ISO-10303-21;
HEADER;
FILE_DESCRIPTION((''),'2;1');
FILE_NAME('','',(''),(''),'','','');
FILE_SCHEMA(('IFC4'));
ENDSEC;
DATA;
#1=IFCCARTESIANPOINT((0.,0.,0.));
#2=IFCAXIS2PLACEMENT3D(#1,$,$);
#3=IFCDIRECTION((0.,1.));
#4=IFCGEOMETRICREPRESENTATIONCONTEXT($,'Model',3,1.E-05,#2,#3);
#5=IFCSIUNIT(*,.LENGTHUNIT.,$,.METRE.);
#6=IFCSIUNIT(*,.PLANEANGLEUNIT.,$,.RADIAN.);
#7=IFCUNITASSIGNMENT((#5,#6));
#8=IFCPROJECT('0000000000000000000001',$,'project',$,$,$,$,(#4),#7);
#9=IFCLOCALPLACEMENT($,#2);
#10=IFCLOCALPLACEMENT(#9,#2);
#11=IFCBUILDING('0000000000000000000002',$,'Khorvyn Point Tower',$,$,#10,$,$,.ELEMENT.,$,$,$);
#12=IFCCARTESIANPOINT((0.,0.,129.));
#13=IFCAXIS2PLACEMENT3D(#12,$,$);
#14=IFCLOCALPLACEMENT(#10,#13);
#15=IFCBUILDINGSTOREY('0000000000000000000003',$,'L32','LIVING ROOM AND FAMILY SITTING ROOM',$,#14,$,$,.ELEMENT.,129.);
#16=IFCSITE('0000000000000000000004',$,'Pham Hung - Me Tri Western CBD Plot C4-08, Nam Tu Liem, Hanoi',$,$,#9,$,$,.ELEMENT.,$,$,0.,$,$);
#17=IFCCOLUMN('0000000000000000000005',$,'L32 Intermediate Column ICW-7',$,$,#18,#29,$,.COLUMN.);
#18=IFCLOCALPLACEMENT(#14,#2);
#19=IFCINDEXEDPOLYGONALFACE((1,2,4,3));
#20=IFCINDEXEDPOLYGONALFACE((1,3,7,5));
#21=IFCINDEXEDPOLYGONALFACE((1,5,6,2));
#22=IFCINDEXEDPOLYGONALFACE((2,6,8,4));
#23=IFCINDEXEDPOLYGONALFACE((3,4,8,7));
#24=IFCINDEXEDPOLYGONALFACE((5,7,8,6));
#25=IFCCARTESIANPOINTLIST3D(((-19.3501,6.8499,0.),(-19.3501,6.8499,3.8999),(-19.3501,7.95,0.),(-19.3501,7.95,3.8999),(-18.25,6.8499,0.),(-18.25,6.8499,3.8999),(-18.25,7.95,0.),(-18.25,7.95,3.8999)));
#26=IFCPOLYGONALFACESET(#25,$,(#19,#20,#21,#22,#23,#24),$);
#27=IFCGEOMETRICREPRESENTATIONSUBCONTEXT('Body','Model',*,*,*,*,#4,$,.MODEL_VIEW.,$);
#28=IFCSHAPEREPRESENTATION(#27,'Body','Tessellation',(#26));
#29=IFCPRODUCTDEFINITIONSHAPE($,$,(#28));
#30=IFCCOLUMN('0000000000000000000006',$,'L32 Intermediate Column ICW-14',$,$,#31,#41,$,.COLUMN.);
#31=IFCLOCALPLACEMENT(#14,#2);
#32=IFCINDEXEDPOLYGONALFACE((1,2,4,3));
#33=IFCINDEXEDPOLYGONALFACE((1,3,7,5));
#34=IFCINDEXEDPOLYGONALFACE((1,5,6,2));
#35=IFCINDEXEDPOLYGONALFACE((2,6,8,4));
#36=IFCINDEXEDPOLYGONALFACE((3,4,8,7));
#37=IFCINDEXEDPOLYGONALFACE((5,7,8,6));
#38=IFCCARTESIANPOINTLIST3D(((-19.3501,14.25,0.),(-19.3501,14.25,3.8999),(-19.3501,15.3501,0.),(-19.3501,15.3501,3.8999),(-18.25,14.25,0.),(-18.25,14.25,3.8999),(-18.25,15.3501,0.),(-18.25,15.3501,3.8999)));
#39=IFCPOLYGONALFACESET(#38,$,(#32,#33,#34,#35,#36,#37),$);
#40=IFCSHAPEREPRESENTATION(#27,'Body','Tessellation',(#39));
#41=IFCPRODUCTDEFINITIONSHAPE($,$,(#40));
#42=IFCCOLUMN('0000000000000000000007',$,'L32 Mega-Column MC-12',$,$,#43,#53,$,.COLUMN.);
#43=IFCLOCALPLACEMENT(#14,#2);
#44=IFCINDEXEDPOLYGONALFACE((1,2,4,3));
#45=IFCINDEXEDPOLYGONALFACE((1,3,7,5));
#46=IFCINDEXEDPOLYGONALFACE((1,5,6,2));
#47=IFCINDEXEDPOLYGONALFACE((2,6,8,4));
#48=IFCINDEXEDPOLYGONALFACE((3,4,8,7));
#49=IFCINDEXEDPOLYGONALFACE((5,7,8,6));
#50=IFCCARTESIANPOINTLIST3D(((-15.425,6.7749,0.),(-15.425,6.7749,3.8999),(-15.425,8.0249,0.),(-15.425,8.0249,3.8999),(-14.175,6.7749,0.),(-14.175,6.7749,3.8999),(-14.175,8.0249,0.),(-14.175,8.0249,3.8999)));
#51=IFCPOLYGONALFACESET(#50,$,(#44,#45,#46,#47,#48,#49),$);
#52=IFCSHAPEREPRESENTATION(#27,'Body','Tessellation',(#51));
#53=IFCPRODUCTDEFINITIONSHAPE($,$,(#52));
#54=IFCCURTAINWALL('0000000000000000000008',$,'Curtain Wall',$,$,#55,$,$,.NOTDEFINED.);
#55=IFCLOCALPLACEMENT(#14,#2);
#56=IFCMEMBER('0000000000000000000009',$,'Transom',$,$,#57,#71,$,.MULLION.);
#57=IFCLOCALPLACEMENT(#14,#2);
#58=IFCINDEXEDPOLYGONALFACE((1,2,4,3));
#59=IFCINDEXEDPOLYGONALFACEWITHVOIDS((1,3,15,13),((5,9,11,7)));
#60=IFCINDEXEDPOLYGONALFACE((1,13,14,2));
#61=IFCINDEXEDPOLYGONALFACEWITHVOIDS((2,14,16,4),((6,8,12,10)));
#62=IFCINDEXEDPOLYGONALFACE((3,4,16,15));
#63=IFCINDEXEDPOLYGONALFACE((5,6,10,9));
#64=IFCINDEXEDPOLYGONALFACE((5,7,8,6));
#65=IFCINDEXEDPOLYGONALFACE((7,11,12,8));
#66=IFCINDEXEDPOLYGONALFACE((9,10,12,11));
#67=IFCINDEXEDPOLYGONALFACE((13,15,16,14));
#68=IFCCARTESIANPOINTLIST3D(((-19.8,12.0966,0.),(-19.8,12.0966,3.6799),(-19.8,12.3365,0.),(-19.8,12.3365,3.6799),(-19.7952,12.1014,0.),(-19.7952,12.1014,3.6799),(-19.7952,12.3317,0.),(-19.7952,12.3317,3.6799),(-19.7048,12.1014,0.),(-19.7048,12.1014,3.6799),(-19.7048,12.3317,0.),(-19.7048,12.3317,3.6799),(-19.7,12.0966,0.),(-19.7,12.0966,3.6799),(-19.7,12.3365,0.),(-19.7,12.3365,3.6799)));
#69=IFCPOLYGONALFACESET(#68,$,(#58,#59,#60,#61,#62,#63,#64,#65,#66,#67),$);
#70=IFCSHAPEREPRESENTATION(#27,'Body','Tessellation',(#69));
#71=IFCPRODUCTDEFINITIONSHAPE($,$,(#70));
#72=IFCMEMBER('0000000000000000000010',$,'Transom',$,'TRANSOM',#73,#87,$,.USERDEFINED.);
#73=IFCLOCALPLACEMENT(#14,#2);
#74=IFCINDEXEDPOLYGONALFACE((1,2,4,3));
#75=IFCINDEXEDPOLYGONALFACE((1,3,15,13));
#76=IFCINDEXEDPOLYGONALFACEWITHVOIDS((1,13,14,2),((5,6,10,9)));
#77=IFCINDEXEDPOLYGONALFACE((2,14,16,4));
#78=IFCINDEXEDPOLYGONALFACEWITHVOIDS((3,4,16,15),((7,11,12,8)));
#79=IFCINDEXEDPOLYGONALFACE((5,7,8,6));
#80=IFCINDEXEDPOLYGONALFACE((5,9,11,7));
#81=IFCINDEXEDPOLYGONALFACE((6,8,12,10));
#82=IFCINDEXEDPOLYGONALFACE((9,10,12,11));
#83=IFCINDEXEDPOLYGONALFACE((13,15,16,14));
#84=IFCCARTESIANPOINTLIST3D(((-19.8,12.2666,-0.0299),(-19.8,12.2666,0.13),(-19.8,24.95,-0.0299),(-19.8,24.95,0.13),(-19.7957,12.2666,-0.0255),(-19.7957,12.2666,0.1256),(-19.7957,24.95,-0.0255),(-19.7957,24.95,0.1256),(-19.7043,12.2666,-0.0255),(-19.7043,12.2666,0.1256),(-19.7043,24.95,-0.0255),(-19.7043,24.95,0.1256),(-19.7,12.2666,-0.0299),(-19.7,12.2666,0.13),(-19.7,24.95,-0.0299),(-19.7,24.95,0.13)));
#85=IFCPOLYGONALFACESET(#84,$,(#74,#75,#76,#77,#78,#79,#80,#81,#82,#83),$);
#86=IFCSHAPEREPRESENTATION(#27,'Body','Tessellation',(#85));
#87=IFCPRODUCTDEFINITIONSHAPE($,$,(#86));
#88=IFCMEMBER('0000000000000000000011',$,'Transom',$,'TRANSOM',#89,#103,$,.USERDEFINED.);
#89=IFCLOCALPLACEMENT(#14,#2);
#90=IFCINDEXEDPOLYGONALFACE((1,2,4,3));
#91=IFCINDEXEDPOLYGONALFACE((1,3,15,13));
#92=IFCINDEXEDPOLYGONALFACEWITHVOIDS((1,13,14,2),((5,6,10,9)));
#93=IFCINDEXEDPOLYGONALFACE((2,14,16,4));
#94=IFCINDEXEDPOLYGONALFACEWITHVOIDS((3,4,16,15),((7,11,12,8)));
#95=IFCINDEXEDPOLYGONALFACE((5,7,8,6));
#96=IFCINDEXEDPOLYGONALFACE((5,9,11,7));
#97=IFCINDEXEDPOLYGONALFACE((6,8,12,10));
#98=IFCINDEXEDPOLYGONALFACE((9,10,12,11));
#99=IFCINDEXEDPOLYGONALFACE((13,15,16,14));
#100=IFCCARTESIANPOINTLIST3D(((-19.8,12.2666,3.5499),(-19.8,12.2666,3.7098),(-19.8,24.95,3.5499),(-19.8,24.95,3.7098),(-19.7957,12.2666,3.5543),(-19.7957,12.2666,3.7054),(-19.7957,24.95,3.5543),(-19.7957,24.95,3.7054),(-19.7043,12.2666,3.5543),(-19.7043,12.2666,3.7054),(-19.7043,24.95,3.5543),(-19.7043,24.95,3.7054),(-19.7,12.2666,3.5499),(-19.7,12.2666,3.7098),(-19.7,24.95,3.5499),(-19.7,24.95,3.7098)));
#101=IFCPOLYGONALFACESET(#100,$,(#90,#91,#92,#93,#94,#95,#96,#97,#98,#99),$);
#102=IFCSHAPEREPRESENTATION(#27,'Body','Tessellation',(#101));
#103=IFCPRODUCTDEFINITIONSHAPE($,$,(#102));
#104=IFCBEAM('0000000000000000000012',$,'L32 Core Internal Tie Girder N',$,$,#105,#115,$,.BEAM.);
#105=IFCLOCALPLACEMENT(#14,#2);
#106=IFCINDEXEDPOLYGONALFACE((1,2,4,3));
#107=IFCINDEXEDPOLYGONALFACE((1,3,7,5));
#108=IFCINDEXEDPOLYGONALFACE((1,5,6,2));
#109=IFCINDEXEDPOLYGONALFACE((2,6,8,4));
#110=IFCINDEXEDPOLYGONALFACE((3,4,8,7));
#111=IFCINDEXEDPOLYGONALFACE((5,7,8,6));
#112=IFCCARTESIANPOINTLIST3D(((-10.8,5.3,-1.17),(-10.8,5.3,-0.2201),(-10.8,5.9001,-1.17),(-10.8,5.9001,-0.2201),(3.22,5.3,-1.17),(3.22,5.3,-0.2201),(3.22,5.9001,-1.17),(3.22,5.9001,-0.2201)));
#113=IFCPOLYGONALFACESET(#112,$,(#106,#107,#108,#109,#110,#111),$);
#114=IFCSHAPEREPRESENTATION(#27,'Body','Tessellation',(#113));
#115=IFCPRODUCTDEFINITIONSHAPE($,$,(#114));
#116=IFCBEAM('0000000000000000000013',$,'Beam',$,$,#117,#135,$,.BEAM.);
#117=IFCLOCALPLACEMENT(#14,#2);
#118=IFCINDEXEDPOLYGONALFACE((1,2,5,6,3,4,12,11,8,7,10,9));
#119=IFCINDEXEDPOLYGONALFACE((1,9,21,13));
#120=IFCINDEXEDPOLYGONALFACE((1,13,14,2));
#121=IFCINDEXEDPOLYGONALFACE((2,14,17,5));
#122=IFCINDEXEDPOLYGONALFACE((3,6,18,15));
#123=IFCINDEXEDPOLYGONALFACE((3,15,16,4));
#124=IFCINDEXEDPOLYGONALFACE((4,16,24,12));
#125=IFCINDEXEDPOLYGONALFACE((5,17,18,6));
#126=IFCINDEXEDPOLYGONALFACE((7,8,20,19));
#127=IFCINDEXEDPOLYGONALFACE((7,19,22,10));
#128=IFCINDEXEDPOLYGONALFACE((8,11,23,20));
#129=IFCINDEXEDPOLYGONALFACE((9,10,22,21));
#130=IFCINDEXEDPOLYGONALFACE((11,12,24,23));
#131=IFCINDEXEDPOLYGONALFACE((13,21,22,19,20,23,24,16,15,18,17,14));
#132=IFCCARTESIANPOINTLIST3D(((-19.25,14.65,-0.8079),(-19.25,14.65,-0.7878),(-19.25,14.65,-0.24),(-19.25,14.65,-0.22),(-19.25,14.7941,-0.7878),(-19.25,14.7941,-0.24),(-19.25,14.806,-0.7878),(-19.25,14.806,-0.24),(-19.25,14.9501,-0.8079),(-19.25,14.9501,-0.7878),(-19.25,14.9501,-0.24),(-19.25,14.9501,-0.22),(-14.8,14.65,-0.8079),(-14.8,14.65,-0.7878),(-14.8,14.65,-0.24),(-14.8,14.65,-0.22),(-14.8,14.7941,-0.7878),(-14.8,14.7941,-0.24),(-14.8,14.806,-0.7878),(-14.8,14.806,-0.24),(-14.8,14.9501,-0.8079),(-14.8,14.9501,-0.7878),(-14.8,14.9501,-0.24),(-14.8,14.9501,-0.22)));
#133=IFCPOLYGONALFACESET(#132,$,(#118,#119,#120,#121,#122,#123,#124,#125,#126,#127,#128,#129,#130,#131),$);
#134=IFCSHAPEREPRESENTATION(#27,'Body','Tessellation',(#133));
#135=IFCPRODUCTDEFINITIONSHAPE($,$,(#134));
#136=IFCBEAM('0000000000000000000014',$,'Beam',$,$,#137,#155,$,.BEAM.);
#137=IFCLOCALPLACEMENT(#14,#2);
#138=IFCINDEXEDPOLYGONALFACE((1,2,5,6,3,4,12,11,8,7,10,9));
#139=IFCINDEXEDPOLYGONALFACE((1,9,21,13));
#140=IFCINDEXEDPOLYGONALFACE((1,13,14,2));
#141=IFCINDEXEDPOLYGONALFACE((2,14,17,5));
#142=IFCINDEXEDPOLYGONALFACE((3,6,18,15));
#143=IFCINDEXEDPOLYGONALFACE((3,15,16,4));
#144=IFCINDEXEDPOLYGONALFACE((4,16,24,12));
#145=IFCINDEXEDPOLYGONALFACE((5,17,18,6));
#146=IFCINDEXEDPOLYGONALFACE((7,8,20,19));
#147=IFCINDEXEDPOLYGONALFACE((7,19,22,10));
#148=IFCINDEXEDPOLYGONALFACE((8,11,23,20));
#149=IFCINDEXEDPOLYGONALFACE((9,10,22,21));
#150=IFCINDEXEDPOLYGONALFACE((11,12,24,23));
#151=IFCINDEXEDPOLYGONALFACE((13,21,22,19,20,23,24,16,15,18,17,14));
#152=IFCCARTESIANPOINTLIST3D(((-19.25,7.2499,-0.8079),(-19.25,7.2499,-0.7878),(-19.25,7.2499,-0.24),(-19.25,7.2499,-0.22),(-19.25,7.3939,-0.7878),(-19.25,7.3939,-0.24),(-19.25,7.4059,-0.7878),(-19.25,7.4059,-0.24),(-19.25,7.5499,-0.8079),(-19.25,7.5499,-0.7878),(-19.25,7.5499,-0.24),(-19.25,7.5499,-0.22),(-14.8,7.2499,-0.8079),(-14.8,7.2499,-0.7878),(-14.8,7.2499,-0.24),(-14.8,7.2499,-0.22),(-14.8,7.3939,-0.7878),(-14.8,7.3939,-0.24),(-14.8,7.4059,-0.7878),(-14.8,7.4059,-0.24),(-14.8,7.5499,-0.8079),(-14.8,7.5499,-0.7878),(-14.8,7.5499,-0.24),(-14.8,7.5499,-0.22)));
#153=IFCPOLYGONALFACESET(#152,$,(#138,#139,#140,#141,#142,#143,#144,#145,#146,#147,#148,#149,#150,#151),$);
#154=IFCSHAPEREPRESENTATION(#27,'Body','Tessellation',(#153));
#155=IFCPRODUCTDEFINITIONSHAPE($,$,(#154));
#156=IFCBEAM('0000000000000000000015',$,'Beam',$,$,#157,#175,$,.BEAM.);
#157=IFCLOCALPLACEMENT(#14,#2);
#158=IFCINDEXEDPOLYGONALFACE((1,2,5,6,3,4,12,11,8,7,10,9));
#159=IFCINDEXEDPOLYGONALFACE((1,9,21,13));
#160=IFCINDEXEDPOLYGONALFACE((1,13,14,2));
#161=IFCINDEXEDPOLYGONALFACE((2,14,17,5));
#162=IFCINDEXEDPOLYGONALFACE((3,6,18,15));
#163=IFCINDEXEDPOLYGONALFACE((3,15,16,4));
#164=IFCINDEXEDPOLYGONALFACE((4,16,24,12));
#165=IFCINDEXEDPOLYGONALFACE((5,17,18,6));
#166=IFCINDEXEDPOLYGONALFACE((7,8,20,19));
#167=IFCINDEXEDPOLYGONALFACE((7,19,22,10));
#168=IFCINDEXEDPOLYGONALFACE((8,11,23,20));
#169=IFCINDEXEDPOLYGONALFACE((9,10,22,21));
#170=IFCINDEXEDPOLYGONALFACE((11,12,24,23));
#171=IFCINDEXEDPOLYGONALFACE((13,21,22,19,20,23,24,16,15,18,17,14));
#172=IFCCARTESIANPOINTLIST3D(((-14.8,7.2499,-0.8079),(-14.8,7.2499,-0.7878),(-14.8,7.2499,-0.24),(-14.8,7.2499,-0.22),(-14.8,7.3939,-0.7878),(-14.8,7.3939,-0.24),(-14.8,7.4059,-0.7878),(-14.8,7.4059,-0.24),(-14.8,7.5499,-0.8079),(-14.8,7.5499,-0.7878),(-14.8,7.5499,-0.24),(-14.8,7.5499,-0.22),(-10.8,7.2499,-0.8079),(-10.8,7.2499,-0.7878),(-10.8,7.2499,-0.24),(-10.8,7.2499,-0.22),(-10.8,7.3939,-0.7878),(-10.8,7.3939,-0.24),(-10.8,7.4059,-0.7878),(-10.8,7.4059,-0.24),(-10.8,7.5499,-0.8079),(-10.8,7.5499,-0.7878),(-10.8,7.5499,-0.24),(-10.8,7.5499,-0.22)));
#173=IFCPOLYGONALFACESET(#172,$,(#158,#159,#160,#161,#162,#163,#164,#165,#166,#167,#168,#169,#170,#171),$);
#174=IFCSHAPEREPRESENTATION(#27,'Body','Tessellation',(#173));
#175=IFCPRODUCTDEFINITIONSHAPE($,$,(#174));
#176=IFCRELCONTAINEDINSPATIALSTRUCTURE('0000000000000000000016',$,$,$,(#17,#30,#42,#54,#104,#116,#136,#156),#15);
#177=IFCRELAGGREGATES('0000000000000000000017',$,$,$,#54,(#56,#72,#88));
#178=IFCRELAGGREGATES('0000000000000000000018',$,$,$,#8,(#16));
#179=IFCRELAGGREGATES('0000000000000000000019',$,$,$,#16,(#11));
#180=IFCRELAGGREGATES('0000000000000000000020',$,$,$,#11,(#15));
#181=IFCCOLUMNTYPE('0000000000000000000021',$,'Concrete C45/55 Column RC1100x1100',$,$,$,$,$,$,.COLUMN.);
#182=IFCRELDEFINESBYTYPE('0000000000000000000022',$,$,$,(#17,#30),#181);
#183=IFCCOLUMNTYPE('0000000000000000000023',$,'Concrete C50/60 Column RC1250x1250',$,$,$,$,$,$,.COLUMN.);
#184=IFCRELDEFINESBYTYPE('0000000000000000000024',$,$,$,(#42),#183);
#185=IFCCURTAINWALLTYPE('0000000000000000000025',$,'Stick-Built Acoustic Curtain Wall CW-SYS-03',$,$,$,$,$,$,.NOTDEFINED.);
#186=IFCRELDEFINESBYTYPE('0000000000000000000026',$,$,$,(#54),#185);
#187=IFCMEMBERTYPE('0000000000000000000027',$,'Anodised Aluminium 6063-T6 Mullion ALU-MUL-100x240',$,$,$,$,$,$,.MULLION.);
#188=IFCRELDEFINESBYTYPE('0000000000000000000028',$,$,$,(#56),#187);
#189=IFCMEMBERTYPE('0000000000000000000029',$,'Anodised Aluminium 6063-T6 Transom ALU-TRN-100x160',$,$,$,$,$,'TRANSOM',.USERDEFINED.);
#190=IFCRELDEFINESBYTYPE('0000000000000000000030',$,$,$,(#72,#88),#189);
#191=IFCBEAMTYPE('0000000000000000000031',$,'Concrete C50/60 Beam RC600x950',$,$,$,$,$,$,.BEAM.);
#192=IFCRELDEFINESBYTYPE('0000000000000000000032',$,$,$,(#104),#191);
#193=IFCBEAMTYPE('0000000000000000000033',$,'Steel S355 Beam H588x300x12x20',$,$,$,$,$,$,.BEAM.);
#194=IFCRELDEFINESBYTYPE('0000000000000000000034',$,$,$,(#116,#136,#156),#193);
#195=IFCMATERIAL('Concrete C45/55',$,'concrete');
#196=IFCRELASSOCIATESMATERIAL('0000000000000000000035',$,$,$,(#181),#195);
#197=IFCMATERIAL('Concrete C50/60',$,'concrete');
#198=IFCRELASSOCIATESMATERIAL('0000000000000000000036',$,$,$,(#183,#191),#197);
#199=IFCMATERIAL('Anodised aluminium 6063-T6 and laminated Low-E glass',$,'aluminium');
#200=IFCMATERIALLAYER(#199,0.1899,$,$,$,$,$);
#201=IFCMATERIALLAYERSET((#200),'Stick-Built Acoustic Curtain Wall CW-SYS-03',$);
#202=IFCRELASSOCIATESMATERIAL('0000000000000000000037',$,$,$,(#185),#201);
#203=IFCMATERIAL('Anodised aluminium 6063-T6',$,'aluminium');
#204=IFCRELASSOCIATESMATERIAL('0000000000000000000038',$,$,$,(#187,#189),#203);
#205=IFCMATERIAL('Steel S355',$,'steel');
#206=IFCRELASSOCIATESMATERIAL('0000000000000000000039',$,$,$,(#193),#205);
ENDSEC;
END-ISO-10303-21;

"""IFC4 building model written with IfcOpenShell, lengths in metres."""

from ifc_helpers import new_model, si_unit, direction, frame, origin, origin_2d, place, context, subcontext, project, spatial, rectangle, hollow_rectangle, i_section, extrude, material, layer, layer_set, material_profile, profile_set, type_object, element, aggregate, save


model = new_model("IFC4")

# Units and contexts
model_context = context("Model", 3, precision=1e-05, world=origin(), true_north=direction((0.0, 1.0)))
body_context = subcontext(model_context, "Body", "Model", "MODEL_VIEW")
ifc_project = project(units=[si_unit("LENGTHUNIT", "METRE"), si_unit("PLANEANGLEUNIT", "RADIAN")], contexts=[model_context])

# Site, building, storey
site_placement = place(None, origin())
site = spatial("IfcSite", under=ifc_project, at=site_placement, Name="Pham Hung - Me Tri Western CBD Plot C4-08, Nam Tu Liem, Hanoi", CompositionType="ELEMENT", RefElevation=0.0)
building_placement = place(site_placement, origin())
building = spatial("IfcBuilding", under=site, at=building_placement, Name="Khorvyn Point Tower", CompositionType="ELEMENT")
storey_placement = place(building_placement, frame((0.0, 0.0, 129.0)))
storey = spatial("IfcBuildingStorey", under=building, at=storey_placement, Name="L32", Description="LIVING ROOM AND FAMILY SITTING ROOM", CompositionType="ELEMENT", Elevation=129.0)

# Columns
ifc_material_1 = material(Name="Concrete C45/55", Category="concrete")
ifc_material_profile_1 = material_profile(ifc_material_1, rectangle(XDim=1.1001, YDim=1.1001, at=origin_2d()))
ifc_profile_set_1 = profile_set([ifc_material_profile_1], Name="Concrete C45/55 RC1100x1100")
column_type_1 = type_object("IfcColumnType", Name="Concrete C45/55 Column RC1100x1100", PredefinedType="COLUMN", material=ifc_profile_set_1)
for number, where, z_axis, x_axis, name in (
    (1, (-18.8, 7.3999, 0.0), (0.0, 0.0, 1.0), (1.0, 0.0, 0.0), "L32 Intermediate Column ICW-7"),
    (2, (-18.8, 14.8, 0.0), (0.0, 0.0, 1.0), (1.0, 0.0, 0.0), "L32 Intermediate Column ICW-14"),
):
    element("IfcColumn", number, at=place(storey_placement, frame(where, z_axis=z_axis, x_axis=x_axis)), inside=storey, type_object=column_type_1, Name=name, PredefinedType="COLUMN", context=body_context, shape_type="SweptSolid", body=[
        extrude(rectangle(XDim=1.1001, YDim=1.1001, at=origin_2d()), origin(), (0.0, 0.0, 1.0), 3.8999),
    ])
ifc_material_2 = material(Name="Concrete C50/60", Category="concrete")
ifc_material_profile_2 = material_profile(ifc_material_2, rectangle(XDim=1.25, YDim=1.25, at=origin_2d()))
ifc_profile_set_2 = profile_set([ifc_material_profile_2], Name="Concrete C50/60 RC1250x1250")
column_type_2 = type_object("IfcColumnType", Name="Concrete C50/60 Column RC1250x1250", PredefinedType="COLUMN", material=ifc_profile_set_2)
column_placement = place(storey_placement, frame((-14.8, 7.3999, 0.0), z_axis=(0.0, 0.0, 1.0), x_axis=(1.0, 0.0, 0.0)))
element("IfcColumn", 3, at=column_placement, inside=storey, type_object=column_type_2, Name="L32 Mega-Column MC-12", PredefinedType="COLUMN", context=body_context, shape_type="SweptSolid", body=[
    extrude(rectangle(XDim=1.25, YDim=1.25, at=origin_2d()), origin(), (0.0, 0.0, 1.0), 3.8999),
])

# Curtain wall, members
ifc_material_3 = material(Name="Anodised aluminium 6063-T6 and laminated Low-E glass", Category="aluminium")
ifc_layer_1 = layer(ifc_material_3, 0.1899)
ifc_layer_set_1 = layer_set([ifc_layer_1], Name="Stick-Built Acoustic Curtain Wall CW-SYS-03")
curtain_wall_type = type_object("IfcCurtainWallType", Name="Stick-Built Acoustic Curtain Wall CW-SYS-03", PredefinedType="NOTDEFINED", material=ifc_layer_set_1)
curtain_wall_placement = place(storey_placement, origin())
curtain_wall = element("IfcCurtainWall", 4, at=curtain_wall_placement, inside=storey, type_object=curtain_wall_type, Name="Curtain Wall", PredefinedType="NOTDEFINED")
ifc_material_4 = material(Name="Anodised aluminium 6063-T6", Category="aluminium")
ifc_material_profile_3 = material_profile(ifc_material_4, hollow_rectangle(XDim=0.1001, YDim=0.24, WallThickness=0.0049, at=origin_2d()))
ifc_profile_set_3 = profile_set([ifc_material_profile_3], Name="Anodised aluminium 6063-T6 ALU-MUL-100x240")
member_type_1 = type_object("IfcMemberType", Name="Anodised Aluminium 6063-T6 Mullion ALU-MUL-100x240", PredefinedType="MULLION", material=ifc_profile_set_3)
member_1_placement = place(storey_placement, frame((-19.75, 12.2166, 0.0), z_axis=(0.0, 0.0, 1.0), x_axis=(-1.0, 0.0, 0.0)))
member_1 = element("IfcMember", 5, at=member_1_placement, type_object=member_type_1, Name="Transom", PredefinedType="MULLION", context=body_context, shape_type="SweptSolid", body=[
    extrude(hollow_rectangle(XDim=0.1001, YDim=0.24, WallThickness=0.0049, at=origin_2d()), origin(), (0.0, 0.0, 1.0), 3.6799),
])
ifc_material_profile_4 = material_profile(ifc_material_4, hollow_rectangle(XDim=0.1001, YDim=0.1599, WallThickness=0.0044, at=origin_2d()))
ifc_profile_set_4 = profile_set([ifc_material_profile_4], Name="Anodised aluminium 6063-T6 ALU-TRN-100x160")
member_type_2 = type_object("IfcMemberType", Name="Anodised Aluminium 6063-T6 Transom ALU-TRN-100x160", ElementType="TRANSOM", PredefinedType="USERDEFINED", material=ifc_profile_set_4)
member_2_placement = place(storey_placement, frame((-19.75, 12.2666, 0.05), z_axis=(0.0, 1.0, 0.0), x_axis=(-1.0, 0.0, 0.0)))
member_2 = element("IfcMember", 6, at=member_2_placement, type_object=member_type_2, Name="Transom", ObjectType="TRANSOM", PredefinedType="USERDEFINED", context=body_context, shape_type="SweptSolid", body=[
    extrude(hollow_rectangle(XDim=0.1001, YDim=0.1599, WallThickness=0.0044, at=origin_2d()), origin(), (0.0, 0.0, 1.0), 12.6833),
])
member_3_placement = place(storey_placement, frame((-19.75, 12.2666, 3.6299), z_axis=(0.0, 1.0, 0.0), x_axis=(-1.0, 0.0, 0.0)))
member_3 = element("IfcMember", 7, at=member_3_placement, type_object=member_type_2, Name="Transom", ObjectType="TRANSOM", PredefinedType="USERDEFINED", context=body_context, shape_type="SweptSolid", body=[
    extrude(hollow_rectangle(XDim=0.1001, YDim=0.1599, WallThickness=0.0044, at=origin_2d()), origin(), (0.0, 0.0, 1.0), 12.6833),
])

# Beams
ifc_material_profile_5 = material_profile(ifc_material_2, rectangle(XDim=0.6001, YDim=0.95, at=origin_2d()))
ifc_profile_set_5 = profile_set([ifc_material_profile_5], Name="Concrete C50/60 RC600x950")
beam_type_1 = type_object("IfcBeamType", Name="Concrete C50/60 Beam RC600x950", PredefinedType="BEAM", material=ifc_profile_set_5)
beam_1_placement = place(storey_placement, frame((-10.8, 5.6001, -0.6951), z_axis=(1.0, 0.0, 0.0), x_axis=(0.0, 1.0, 0.0)))
element("IfcBeam", 8, at=beam_1_placement, inside=storey, type_object=beam_type_1, Name="L32 Core Internal Tie Girder N", PredefinedType="BEAM", context=body_context, shape_type="SweptSolid", body=[
    extrude(rectangle(XDim=0.6001, YDim=0.95, at=origin_2d()), origin(), (0.0, 0.0, 1.0), 14.02),
])
ifc_material_5 = material(Name="Steel S355", Category="steel")
ifc_material_profile_6 = material_profile(ifc_material_5, i_section(OverallWidth=0.3, OverallDepth=0.5879, WebThickness=0.012, FlangeThickness=0.02, at=origin_2d()))
ifc_profile_set_6 = profile_set([ifc_material_profile_6], Name="Steel S355 H588x300x12x20")
beam_type_2 = type_object("IfcBeamType", Name="Steel S355 Beam H588x300x12x20", PredefinedType="BEAM", material=ifc_profile_set_6)
for number, where, z_axis, x_axis, name in (
    (9, (-19.25, 14.8, -0.5139), (1.0, 0.0, 0.0), (0.0, 1.0, 0.0), "Beam"),
    (10, (-19.25, 7.3999, -0.5139), (1.0, 0.0, 0.0), (0.0, 1.0, 0.0), "Beam"),
):
    element("IfcBeam", number, at=place(storey_placement, frame(where, z_axis=z_axis, x_axis=x_axis)), inside=storey, type_object=beam_type_2, Name=name, PredefinedType="BEAM", context=body_context, shape_type="SweptSolid", body=[
        extrude(i_section(OverallWidth=0.3, OverallDepth=0.5879, WebThickness=0.012, FlangeThickness=0.02, at=origin_2d()), origin(), (0.0, 0.0, 1.0), 4.45),
    ])
beam_2_placement = place(storey_placement, frame((-14.8, 7.3999, -0.5139), z_axis=(1.0, 0.0, 0.0), x_axis=(0.0, 1.0, 0.0)))
element("IfcBeam", 11, at=beam_2_placement, inside=storey, type_object=beam_type_2, Name="Beam", PredefinedType="BEAM", context=body_context, shape_type="SweptSolid", body=[
    extrude(i_section(OverallWidth=0.3, OverallDepth=0.5879, WebThickness=0.012, FlangeThickness=0.02, at=origin_2d()), origin(), (0.0, 0.0, 1.0), 4.0),
])

aggregate(curtain_wall, [member_1, member_2, member_3])

save(model, "model.ifc")
